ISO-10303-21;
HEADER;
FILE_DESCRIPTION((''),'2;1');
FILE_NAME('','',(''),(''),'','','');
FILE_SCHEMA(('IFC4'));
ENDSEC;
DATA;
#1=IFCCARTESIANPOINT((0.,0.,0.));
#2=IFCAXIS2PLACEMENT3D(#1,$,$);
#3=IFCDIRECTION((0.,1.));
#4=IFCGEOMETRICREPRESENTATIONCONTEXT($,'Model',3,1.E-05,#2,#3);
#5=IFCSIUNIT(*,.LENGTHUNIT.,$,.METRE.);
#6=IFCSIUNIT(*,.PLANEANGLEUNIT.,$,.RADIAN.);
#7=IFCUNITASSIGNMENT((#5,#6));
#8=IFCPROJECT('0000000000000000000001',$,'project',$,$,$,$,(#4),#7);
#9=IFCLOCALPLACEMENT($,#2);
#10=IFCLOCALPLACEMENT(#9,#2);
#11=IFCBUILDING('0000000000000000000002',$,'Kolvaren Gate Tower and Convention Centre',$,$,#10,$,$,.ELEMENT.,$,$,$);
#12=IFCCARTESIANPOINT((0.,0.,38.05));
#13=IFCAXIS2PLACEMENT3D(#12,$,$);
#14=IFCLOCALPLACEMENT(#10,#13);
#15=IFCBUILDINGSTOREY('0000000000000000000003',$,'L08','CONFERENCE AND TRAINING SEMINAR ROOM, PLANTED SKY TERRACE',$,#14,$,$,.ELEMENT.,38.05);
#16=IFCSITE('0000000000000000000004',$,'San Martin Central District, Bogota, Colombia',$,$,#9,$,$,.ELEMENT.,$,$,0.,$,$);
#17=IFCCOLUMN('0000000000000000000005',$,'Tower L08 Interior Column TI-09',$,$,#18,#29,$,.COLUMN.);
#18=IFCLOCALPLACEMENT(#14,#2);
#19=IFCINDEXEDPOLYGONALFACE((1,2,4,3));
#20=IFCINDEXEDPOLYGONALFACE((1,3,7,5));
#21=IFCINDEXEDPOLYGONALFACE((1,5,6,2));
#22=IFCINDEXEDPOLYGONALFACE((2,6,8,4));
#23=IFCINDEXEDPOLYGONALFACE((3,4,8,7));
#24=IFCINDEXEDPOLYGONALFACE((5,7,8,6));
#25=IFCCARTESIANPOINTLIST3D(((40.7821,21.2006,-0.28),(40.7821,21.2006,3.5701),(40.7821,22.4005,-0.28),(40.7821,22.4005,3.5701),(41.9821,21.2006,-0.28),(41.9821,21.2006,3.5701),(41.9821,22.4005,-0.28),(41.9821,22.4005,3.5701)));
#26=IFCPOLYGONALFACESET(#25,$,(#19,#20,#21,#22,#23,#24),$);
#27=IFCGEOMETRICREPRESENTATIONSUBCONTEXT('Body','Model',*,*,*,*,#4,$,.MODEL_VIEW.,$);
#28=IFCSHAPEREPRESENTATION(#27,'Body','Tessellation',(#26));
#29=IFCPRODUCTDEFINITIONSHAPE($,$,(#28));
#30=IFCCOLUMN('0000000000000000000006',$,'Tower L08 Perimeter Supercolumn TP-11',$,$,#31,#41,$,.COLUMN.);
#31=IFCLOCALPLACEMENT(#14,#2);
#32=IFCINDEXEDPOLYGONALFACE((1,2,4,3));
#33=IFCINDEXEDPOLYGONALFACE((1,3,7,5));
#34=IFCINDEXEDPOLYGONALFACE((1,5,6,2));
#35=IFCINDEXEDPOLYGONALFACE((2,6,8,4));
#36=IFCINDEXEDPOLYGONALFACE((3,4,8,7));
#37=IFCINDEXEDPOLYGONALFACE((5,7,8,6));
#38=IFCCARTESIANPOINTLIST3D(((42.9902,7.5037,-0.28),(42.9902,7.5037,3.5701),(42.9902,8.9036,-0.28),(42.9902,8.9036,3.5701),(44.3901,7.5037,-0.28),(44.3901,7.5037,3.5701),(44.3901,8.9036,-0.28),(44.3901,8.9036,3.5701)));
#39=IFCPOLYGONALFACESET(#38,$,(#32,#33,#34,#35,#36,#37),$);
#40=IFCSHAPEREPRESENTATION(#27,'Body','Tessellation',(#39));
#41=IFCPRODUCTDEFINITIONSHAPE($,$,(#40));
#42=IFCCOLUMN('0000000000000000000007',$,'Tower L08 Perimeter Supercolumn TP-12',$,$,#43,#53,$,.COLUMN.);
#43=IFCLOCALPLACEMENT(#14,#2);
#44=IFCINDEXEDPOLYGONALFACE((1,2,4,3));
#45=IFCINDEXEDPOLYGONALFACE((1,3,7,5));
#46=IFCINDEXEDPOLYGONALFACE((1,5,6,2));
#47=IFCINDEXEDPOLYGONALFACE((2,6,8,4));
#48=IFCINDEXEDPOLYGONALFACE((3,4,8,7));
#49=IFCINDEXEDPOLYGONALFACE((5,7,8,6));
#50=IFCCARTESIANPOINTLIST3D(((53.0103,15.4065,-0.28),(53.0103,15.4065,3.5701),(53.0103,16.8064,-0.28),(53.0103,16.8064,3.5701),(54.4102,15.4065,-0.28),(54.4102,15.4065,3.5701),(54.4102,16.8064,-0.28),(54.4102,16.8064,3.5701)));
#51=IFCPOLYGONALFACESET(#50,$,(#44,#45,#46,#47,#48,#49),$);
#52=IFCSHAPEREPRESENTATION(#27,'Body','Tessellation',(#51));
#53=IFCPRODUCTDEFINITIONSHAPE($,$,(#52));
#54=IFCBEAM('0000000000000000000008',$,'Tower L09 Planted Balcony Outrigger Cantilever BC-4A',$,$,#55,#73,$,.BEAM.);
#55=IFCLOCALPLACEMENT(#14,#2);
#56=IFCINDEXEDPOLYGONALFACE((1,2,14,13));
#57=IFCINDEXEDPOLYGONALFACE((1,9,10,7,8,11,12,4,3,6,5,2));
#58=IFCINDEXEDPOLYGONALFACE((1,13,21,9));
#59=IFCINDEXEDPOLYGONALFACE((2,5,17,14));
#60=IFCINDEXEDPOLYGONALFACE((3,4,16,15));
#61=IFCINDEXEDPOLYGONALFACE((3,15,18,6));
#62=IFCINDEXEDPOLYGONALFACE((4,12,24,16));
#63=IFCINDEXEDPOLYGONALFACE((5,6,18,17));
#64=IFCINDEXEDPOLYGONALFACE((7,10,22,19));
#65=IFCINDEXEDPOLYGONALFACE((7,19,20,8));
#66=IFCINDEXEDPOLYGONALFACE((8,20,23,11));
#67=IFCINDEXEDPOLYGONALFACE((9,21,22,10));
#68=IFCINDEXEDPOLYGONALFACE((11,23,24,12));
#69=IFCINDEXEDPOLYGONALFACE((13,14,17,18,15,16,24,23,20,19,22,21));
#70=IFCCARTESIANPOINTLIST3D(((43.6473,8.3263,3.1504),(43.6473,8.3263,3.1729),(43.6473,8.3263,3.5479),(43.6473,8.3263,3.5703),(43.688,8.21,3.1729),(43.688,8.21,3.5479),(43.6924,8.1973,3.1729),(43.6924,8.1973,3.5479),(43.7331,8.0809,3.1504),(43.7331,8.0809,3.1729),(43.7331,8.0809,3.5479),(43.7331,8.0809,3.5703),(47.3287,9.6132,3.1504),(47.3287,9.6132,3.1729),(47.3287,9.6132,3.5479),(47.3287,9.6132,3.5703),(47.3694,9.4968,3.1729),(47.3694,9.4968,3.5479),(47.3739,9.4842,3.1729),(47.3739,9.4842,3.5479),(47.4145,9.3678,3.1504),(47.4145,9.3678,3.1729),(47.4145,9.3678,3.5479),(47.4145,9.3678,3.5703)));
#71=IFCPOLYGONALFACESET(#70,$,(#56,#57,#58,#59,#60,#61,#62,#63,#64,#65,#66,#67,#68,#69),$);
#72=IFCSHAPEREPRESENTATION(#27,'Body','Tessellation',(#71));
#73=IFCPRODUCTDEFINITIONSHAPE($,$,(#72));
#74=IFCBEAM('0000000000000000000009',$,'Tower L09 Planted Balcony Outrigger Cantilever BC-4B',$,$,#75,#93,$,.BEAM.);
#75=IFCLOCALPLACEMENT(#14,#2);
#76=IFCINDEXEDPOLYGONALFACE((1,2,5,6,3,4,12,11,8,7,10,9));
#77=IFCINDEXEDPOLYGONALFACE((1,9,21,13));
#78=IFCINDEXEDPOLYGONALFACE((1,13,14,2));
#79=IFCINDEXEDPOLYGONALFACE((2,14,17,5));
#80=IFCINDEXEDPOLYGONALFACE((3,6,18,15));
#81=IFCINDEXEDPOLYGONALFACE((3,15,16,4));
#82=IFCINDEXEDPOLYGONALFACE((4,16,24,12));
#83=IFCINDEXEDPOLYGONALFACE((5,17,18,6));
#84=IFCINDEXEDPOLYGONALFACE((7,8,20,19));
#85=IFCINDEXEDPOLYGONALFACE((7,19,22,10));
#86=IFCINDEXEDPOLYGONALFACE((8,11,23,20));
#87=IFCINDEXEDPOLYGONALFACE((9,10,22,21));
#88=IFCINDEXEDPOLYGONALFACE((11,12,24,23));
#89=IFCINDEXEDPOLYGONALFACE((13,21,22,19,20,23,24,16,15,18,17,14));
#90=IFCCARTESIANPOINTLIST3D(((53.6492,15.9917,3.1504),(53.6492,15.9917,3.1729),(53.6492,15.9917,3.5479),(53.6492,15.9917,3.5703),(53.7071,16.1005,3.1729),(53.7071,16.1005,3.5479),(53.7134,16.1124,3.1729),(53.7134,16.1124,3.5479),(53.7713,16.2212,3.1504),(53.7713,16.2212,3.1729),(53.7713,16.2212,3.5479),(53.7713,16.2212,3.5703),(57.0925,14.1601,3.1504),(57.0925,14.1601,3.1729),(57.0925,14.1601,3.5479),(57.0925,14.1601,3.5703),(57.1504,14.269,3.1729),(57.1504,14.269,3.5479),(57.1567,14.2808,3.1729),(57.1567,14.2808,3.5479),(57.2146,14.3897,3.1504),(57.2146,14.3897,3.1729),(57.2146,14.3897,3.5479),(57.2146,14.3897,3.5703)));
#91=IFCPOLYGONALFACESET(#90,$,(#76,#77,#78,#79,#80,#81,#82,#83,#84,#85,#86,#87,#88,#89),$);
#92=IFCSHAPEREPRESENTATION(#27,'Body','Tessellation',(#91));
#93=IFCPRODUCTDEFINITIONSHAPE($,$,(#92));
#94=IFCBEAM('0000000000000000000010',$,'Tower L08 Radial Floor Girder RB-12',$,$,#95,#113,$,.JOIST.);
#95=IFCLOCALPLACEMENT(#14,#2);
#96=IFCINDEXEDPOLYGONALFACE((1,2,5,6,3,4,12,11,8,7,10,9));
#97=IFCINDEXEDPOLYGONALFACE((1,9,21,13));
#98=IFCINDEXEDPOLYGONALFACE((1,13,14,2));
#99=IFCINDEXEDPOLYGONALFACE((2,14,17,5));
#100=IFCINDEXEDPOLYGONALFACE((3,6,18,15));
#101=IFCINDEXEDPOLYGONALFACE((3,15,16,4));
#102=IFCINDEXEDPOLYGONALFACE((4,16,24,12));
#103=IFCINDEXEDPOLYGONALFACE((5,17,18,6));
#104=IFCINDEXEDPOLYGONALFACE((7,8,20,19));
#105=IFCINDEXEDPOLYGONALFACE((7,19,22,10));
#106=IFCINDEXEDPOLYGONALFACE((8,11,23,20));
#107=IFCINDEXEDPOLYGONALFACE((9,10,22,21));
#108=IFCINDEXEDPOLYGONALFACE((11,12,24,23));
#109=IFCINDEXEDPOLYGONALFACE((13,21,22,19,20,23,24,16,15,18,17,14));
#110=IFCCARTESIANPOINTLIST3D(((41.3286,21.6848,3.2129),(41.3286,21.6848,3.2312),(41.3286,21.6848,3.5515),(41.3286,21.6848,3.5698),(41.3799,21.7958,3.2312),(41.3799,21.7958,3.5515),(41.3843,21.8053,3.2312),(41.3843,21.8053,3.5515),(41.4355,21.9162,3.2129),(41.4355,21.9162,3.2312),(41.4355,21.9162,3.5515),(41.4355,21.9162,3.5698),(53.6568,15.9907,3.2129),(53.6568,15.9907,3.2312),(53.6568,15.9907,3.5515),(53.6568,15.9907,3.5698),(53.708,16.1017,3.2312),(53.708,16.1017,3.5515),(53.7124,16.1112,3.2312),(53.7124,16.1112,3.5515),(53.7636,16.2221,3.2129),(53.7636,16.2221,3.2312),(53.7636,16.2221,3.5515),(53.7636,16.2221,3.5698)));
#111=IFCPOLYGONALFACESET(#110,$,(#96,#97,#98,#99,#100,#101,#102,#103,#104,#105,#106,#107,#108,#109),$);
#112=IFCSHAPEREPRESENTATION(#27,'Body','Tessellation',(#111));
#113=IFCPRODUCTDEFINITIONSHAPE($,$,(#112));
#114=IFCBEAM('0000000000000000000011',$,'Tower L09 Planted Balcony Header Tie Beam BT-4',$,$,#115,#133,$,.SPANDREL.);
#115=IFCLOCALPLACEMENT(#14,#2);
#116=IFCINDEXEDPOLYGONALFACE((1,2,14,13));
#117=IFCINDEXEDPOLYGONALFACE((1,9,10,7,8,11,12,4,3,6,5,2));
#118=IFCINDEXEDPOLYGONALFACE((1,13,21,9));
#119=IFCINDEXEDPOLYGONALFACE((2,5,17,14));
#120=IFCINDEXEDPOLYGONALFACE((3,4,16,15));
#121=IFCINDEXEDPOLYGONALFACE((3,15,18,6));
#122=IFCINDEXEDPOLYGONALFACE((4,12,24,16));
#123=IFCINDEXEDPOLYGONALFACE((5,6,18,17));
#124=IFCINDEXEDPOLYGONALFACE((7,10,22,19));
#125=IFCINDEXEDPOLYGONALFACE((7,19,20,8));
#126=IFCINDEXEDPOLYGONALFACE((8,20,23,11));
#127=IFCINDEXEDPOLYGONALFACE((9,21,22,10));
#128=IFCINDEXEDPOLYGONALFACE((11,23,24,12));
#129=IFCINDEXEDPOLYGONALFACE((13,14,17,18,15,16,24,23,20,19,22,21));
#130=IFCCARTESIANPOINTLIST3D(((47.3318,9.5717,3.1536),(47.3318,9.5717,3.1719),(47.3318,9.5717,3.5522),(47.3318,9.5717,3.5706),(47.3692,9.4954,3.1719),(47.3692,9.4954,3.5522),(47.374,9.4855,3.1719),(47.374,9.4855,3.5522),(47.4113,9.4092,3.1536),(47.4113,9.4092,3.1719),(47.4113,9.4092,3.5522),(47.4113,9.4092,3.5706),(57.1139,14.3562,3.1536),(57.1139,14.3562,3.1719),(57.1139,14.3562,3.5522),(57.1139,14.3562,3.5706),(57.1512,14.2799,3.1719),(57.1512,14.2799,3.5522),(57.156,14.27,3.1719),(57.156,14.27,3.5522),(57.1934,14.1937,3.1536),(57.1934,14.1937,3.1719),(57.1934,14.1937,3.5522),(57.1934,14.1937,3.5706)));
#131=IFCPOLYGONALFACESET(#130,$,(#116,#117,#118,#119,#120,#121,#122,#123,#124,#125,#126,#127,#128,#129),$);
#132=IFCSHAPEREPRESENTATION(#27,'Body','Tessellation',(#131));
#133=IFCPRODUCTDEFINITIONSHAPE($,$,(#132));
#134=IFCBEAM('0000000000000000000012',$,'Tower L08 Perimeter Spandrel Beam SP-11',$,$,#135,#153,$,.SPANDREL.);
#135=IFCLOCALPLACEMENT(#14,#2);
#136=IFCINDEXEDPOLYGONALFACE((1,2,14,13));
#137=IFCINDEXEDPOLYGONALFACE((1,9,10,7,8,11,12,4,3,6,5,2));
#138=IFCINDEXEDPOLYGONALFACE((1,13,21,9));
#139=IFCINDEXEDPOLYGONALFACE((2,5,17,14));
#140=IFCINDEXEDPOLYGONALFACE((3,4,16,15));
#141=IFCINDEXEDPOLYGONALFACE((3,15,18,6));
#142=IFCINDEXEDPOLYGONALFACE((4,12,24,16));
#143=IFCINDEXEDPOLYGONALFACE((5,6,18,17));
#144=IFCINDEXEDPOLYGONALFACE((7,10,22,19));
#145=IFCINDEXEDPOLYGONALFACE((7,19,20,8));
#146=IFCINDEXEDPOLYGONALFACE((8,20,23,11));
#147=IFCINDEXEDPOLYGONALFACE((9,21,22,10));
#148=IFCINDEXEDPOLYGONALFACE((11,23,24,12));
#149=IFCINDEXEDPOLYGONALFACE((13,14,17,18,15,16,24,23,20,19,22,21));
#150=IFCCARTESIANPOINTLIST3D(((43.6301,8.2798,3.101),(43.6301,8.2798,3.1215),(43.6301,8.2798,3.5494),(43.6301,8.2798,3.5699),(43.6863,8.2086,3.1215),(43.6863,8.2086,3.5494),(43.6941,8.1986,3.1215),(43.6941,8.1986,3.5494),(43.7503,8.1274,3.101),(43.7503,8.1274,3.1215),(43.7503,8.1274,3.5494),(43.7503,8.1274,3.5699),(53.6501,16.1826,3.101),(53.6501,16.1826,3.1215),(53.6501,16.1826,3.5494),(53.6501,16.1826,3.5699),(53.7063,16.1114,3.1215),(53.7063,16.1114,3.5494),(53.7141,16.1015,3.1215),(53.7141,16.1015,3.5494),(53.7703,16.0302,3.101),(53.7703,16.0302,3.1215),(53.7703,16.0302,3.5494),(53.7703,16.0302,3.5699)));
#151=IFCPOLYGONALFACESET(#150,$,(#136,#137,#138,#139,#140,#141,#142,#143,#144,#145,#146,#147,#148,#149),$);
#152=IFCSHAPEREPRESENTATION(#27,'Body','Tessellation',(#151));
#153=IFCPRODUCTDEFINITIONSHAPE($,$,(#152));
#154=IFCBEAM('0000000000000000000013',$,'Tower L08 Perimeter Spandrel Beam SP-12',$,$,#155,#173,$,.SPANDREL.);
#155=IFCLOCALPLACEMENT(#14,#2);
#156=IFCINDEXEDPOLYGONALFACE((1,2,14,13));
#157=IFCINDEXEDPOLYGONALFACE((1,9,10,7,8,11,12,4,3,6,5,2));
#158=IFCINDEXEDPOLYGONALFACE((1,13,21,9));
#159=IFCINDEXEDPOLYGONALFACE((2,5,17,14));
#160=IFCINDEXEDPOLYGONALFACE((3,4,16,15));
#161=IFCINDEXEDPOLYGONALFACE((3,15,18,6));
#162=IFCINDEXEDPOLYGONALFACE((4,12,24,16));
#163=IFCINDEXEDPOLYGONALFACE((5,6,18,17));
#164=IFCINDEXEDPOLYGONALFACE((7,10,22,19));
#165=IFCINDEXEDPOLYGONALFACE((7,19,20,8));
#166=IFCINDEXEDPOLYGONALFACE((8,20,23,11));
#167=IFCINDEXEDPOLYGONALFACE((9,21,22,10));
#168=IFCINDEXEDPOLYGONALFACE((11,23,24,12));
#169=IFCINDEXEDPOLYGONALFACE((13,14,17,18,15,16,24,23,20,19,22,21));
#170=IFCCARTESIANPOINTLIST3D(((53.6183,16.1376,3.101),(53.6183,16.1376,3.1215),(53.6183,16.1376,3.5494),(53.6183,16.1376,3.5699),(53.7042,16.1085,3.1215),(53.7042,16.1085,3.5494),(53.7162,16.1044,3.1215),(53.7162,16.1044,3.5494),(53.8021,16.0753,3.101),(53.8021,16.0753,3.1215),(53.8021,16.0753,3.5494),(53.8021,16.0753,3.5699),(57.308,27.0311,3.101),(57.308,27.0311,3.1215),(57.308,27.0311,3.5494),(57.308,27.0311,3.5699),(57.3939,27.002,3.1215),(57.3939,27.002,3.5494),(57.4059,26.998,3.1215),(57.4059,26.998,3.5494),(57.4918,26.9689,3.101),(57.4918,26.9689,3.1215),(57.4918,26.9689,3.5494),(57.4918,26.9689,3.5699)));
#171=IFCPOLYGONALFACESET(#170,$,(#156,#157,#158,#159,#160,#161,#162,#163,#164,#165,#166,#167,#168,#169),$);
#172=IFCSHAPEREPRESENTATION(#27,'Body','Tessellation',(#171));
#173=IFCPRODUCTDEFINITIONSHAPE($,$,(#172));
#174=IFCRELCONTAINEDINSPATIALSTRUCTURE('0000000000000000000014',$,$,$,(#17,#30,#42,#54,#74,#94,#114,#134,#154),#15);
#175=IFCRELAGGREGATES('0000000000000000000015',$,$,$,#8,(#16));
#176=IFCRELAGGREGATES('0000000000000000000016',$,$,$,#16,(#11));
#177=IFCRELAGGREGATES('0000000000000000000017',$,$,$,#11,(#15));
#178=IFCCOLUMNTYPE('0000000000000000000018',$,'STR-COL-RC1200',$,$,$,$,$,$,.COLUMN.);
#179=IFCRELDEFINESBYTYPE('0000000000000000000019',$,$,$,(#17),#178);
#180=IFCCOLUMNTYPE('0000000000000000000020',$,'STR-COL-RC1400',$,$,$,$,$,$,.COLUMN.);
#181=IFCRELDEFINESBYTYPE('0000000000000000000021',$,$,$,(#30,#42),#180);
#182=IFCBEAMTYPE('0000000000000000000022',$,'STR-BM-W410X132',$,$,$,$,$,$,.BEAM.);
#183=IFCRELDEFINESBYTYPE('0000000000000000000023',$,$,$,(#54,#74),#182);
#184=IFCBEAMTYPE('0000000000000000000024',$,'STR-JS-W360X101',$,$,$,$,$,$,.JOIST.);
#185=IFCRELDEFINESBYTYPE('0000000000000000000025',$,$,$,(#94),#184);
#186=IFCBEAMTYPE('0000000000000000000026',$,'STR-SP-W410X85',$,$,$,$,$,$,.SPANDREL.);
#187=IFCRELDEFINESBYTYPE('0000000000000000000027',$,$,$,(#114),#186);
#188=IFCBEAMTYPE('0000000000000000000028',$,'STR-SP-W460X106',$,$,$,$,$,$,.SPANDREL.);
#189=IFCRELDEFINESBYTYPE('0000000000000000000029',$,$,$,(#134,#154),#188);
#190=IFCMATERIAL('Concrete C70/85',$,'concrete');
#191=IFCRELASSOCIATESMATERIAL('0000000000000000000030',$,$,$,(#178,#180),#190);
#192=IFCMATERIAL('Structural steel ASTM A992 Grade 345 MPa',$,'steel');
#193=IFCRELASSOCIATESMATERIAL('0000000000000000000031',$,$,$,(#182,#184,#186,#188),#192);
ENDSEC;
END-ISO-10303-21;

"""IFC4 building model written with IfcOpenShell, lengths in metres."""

from ifc_helpers import new_model, si_unit, direction, frame, origin, origin_2d, place, context, subcontext, project, spatial, rectangle, i_section, extrude, material, material_profile, profile_set, type_object, element, save


model = new_model("IFC4")

# Units and contexts
model_context = context("Model", 3, precision=1e-05, world=origin(), true_north=direction((0.0, 1.0)))
body_context = subcontext(model_context, "Body", "Model", "MODEL_VIEW")
ifc_project = project(units=[si_unit("LENGTHUNIT", "METRE"), si_unit("PLANEANGLEUNIT", "RADIAN")], contexts=[model_context])

# Site, building, storey
site_placement = place(None, origin())
site = spatial("IfcSite", under=ifc_project, at=site_placement, Name="San Martin Central District, Bogota, Colombia", CompositionType="ELEMENT", RefElevation=0.0)
building_placement = place(site_placement, origin())
building = spatial("IfcBuilding", under=site, at=building_placement, Name="Kolvaren Gate Tower and Convention Centre", CompositionType="ELEMENT")
storey_placement = place(building_placement, frame((0.0, 0.0, 38.05)))
storey = spatial("IfcBuildingStorey", under=building, at=storey_placement, Name="L08", Description="CONFERENCE AND TRAINING SEMINAR ROOM, PLANTED SKY TERRACE", CompositionType="ELEMENT", Elevation=38.05)

# Columns
ifc_material_1 = material(Name="Concrete C70/85", Category="concrete")
ifc_material_profile_1 = material_profile(ifc_material_1, rectangle(XDim=1.2, YDim=1.2, at=origin_2d()), Name="RC-COL-1200X1200")
ifc_profile_set_1 = profile_set([ifc_material_profile_1], Name="Concrete C70/85")
column_type_1 = type_object("IfcColumnType", Name="STR-COL-RC1200", PredefinedType="COLUMN", material=ifc_profile_set_1)
column_placement = place(storey_placement, frame((41.3821, 21.8005, -0.28), z_axis=(0.0, 0.0, 1.0), x_axis=(1.0, 0.0, 0.0)))
element("IfcColumn", 1, at=column_placement, inside=storey, type_object=column_type_1, Name="Tower L08 Interior Column TI-09", PredefinedType="COLUMN", context=body_context, shape_type="SweptSolid", body=[
    extrude(rectangle(XDim=1.2, YDim=1.2, at=origin_2d()), origin(), (0.0, 0.0, 1.0), 3.8501),
])
ifc_material_profile_2 = material_profile(ifc_material_1, rectangle(XDim=1.3999, YDim=1.3999, at=origin_2d()), Name="RC-COL-1400X1400")
ifc_profile_set_2 = profile_set([ifc_material_profile_2], Name="Concrete C70/85")
column_type_2 = type_object("IfcColumnType", Name="STR-COL-RC1400", PredefinedType="COLUMN", material=ifc_profile_set_2)
for number, where, z_axis, x_axis, name in (
    (2, (43.6902, 8.2036, -0.28), (0.0, 0.0, 1.0), (1.0, 0.0, 0.0), "Tower L08 Perimeter Supercolumn TP-11"),
    (3, (53.7102, 16.1064, -0.28), (0.0, 0.0, 1.0), (1.0, 0.0, 0.0), "Tower L08 Perimeter Supercolumn TP-12"),
):
    element("IfcColumn", number, at=place(storey_placement, frame(where, z_axis=z_axis, x_axis=x_axis)), inside=storey, type_object=column_type_2, Name=name, PredefinedType="COLUMN", context=body_context, shape_type="SweptSolid", body=[
        extrude(rectangle(XDim=1.3999, YDim=1.3999, at=origin_2d()), origin(), (0.0, 0.0, 1.0), 3.8501),
    ])

# Beams
ifc_material_2 = material(Name="Structural steel ASTM A992 Grade 345 MPa", Category="steel")
ifc_material_profile_3 = material_profile(ifc_material_2, i_section(OverallWidth=0.26, OverallDepth=0.4199, WebThickness=0.0134, FlangeThickness=0.0225, at=origin_2d()), Name="W410X132")
ifc_profile_set_3 = profile_set([ifc_material_profile_3], Name="Structural steel ASTM A992 Grade 345 MPa")
beam_type_1 = type_object("IfcBeamType", Name="STR-BM-W410X132", PredefinedType="BEAM", material=ifc_profile_set_3)
beam_1_placement = place(storey_placement, frame((43.6902, 8.2036, 3.3604), z_axis=(0.943988, 0.32998, 0.0), x_axis=(-0.32998, 0.943988, 0.0)))
element("IfcBeam", 4, at=beam_1_placement, inside=storey, type_object=beam_type_1, Name="Tower L09 Planted Balcony Outrigger Cantilever BC-4A", PredefinedType="BEAM", context=body_context, shape_type="SweptSolid", body=[
    extrude(i_section(OverallWidth=0.26, OverallDepth=0.4199, WebThickness=0.0134, FlangeThickness=0.0225, at=origin_2d()), origin(), (0.0, 0.0, 1.0), 3.8999),
])
beam_2_placement = place(storey_placement, frame((53.7102, 16.1064, 3.3604), z_axis=(0.882876, -0.469607, 0.0), x_axis=(0.469607, 0.882876, 0.0)))
element("IfcBeam", 5, at=beam_2_placement, inside=storey, type_object=beam_type_1, Name="Tower L09 Planted Balcony Outrigger Cantilever BC-4B", PredefinedType="BEAM", context=body_context, shape_type="SweptSolid", body=[
    extrude(i_section(OverallWidth=0.26, OverallDepth=0.4199, WebThickness=0.0134, FlangeThickness=0.0225, at=origin_2d()), origin(), (0.0, 0.0, 1.0), 3.9001),
])
ifc_material_profile_4 = material_profile(ifc_material_2, i_section(OverallWidth=0.2549, OverallDepth=0.3569, WebThickness=0.0105, FlangeThickness=0.0183, at=origin_2d()), Name="W360X101")
ifc_profile_set_4 = profile_set([ifc_material_profile_4], Name="Structural steel ASTM A992 Grade 345 MPa")
beam_type_2 = type_object("IfcBeamType", Name="STR-JS-W360X101", PredefinedType="JOIST", material=ifc_profile_set_4)
beam_3_placement = place(storey_placement, frame((41.3821, 21.8005, 3.3914), z_axis=(0.907842, -0.419312, 0.0), x_axis=(0.419312, 0.907842, 0.0)))
element("IfcBeam", 6, at=beam_3_placement, inside=storey, type_object=beam_type_2, Name="Tower L08 Radial Floor Girder RB-12", PredefinedType="JOIST", context=body_context, shape_type="SweptSolid", body=[
    extrude(i_section(OverallWidth=0.2549, OverallDepth=0.3569, WebThickness=0.0105, FlangeThickness=0.0183, at=origin_2d()), origin(), (0.0, 0.0, 1.0), 13.5796),
])
ifc_material_profile_5 = material_profile(ifc_material_2, i_section(OverallWidth=0.1809, OverallDepth=0.417, WebThickness=0.011, FlangeThickness=0.0183, at=origin_2d()), Name="W410X85")
ifc_profile_set_5 = profile_set([ifc_material_profile_5], Name="Structural steel ASTM A992 Grade 345 MPa")
beam_type_3 = type_object("IfcBeamType", Name="STR-SP-W410X85", PredefinedType="SPANDREL", material=ifc_profile_set_5)
beam_4_placement = place(storey_placement, frame((47.3716, 9.4905, 3.3621), z_axis=(0.898307, 0.439367, 0.0), x_axis=(-0.439367, 0.898307, 0.0)))
element("IfcBeam", 7, at=beam_4_placement, inside=storey, type_object=beam_type_3, Name="Tower L09 Planted Balcony Header Tie Beam BT-4", PredefinedType="SPANDREL", context=body_context, shape_type="SweptSolid", body=[
    extrude(i_section(OverallWidth=0.1809, OverallDepth=0.417, WebThickness=0.011, FlangeThickness=0.0183, at=origin_2d()), origin(), (0.0, 0.0, 1.0), 10.8894),
])
ifc_material_profile_6 = material_profile(ifc_material_2, i_section(OverallWidth=0.1941, OverallDepth=0.469, WebThickness=0.0127, FlangeThickness=0.0205, at=origin_2d()), Name="W460X106")
ifc_profile_set_6 = profile_set([ifc_material_profile_6], Name="Structural steel ASTM A992 Grade 345 MPa")
beam_type_4 = type_object("IfcBeamType", Name="STR-SP-W460X106", PredefinedType="SPANDREL", material=ifc_profile_set_6)
beam_5_placement = place(storey_placement, frame((43.6902, 8.2036, 3.3354), z_axis=(0.785176, 0.619272, 0.0), x_axis=(-0.619272, 0.785176, 0.0)))
element("IfcBeam", 8, at=beam_5_placement, inside=storey, type_object=beam_type_4, Name="Tower L08 Perimeter Spandrel Beam SP-11", PredefinedType="SPANDREL", context=body_context, shape_type="SweptSolid", body=[
    extrude(i_section(OverallWidth=0.1941, OverallDepth=0.469, WebThickness=0.0127, FlangeThickness=0.0205, at=origin_2d()), origin(), (0.0, 0.0, 1.0), 12.7615),
])
beam_6_placement = place(storey_placement, frame((53.7102, 16.1064, 3.3354), z_axis=(0.320803, 0.947146, 0.0), x_axis=(-0.947146, 0.320803, 0.0)))
element("IfcBeam", 9, at=beam_6_placement, inside=storey, type_object=beam_type_4, Name="Tower L08 Perimeter Spandrel Beam SP-12", PredefinedType="SPANDREL", context=body_context, shape_type="SweptSolid", body=[
    extrude(i_section(OverallWidth=0.1941, OverallDepth=0.469, WebThickness=0.0127, FlangeThickness=0.0205, at=origin_2d()), origin(), (0.0, 0.0, 1.0), 11.5015),
])

save(model, "model.ifc")
